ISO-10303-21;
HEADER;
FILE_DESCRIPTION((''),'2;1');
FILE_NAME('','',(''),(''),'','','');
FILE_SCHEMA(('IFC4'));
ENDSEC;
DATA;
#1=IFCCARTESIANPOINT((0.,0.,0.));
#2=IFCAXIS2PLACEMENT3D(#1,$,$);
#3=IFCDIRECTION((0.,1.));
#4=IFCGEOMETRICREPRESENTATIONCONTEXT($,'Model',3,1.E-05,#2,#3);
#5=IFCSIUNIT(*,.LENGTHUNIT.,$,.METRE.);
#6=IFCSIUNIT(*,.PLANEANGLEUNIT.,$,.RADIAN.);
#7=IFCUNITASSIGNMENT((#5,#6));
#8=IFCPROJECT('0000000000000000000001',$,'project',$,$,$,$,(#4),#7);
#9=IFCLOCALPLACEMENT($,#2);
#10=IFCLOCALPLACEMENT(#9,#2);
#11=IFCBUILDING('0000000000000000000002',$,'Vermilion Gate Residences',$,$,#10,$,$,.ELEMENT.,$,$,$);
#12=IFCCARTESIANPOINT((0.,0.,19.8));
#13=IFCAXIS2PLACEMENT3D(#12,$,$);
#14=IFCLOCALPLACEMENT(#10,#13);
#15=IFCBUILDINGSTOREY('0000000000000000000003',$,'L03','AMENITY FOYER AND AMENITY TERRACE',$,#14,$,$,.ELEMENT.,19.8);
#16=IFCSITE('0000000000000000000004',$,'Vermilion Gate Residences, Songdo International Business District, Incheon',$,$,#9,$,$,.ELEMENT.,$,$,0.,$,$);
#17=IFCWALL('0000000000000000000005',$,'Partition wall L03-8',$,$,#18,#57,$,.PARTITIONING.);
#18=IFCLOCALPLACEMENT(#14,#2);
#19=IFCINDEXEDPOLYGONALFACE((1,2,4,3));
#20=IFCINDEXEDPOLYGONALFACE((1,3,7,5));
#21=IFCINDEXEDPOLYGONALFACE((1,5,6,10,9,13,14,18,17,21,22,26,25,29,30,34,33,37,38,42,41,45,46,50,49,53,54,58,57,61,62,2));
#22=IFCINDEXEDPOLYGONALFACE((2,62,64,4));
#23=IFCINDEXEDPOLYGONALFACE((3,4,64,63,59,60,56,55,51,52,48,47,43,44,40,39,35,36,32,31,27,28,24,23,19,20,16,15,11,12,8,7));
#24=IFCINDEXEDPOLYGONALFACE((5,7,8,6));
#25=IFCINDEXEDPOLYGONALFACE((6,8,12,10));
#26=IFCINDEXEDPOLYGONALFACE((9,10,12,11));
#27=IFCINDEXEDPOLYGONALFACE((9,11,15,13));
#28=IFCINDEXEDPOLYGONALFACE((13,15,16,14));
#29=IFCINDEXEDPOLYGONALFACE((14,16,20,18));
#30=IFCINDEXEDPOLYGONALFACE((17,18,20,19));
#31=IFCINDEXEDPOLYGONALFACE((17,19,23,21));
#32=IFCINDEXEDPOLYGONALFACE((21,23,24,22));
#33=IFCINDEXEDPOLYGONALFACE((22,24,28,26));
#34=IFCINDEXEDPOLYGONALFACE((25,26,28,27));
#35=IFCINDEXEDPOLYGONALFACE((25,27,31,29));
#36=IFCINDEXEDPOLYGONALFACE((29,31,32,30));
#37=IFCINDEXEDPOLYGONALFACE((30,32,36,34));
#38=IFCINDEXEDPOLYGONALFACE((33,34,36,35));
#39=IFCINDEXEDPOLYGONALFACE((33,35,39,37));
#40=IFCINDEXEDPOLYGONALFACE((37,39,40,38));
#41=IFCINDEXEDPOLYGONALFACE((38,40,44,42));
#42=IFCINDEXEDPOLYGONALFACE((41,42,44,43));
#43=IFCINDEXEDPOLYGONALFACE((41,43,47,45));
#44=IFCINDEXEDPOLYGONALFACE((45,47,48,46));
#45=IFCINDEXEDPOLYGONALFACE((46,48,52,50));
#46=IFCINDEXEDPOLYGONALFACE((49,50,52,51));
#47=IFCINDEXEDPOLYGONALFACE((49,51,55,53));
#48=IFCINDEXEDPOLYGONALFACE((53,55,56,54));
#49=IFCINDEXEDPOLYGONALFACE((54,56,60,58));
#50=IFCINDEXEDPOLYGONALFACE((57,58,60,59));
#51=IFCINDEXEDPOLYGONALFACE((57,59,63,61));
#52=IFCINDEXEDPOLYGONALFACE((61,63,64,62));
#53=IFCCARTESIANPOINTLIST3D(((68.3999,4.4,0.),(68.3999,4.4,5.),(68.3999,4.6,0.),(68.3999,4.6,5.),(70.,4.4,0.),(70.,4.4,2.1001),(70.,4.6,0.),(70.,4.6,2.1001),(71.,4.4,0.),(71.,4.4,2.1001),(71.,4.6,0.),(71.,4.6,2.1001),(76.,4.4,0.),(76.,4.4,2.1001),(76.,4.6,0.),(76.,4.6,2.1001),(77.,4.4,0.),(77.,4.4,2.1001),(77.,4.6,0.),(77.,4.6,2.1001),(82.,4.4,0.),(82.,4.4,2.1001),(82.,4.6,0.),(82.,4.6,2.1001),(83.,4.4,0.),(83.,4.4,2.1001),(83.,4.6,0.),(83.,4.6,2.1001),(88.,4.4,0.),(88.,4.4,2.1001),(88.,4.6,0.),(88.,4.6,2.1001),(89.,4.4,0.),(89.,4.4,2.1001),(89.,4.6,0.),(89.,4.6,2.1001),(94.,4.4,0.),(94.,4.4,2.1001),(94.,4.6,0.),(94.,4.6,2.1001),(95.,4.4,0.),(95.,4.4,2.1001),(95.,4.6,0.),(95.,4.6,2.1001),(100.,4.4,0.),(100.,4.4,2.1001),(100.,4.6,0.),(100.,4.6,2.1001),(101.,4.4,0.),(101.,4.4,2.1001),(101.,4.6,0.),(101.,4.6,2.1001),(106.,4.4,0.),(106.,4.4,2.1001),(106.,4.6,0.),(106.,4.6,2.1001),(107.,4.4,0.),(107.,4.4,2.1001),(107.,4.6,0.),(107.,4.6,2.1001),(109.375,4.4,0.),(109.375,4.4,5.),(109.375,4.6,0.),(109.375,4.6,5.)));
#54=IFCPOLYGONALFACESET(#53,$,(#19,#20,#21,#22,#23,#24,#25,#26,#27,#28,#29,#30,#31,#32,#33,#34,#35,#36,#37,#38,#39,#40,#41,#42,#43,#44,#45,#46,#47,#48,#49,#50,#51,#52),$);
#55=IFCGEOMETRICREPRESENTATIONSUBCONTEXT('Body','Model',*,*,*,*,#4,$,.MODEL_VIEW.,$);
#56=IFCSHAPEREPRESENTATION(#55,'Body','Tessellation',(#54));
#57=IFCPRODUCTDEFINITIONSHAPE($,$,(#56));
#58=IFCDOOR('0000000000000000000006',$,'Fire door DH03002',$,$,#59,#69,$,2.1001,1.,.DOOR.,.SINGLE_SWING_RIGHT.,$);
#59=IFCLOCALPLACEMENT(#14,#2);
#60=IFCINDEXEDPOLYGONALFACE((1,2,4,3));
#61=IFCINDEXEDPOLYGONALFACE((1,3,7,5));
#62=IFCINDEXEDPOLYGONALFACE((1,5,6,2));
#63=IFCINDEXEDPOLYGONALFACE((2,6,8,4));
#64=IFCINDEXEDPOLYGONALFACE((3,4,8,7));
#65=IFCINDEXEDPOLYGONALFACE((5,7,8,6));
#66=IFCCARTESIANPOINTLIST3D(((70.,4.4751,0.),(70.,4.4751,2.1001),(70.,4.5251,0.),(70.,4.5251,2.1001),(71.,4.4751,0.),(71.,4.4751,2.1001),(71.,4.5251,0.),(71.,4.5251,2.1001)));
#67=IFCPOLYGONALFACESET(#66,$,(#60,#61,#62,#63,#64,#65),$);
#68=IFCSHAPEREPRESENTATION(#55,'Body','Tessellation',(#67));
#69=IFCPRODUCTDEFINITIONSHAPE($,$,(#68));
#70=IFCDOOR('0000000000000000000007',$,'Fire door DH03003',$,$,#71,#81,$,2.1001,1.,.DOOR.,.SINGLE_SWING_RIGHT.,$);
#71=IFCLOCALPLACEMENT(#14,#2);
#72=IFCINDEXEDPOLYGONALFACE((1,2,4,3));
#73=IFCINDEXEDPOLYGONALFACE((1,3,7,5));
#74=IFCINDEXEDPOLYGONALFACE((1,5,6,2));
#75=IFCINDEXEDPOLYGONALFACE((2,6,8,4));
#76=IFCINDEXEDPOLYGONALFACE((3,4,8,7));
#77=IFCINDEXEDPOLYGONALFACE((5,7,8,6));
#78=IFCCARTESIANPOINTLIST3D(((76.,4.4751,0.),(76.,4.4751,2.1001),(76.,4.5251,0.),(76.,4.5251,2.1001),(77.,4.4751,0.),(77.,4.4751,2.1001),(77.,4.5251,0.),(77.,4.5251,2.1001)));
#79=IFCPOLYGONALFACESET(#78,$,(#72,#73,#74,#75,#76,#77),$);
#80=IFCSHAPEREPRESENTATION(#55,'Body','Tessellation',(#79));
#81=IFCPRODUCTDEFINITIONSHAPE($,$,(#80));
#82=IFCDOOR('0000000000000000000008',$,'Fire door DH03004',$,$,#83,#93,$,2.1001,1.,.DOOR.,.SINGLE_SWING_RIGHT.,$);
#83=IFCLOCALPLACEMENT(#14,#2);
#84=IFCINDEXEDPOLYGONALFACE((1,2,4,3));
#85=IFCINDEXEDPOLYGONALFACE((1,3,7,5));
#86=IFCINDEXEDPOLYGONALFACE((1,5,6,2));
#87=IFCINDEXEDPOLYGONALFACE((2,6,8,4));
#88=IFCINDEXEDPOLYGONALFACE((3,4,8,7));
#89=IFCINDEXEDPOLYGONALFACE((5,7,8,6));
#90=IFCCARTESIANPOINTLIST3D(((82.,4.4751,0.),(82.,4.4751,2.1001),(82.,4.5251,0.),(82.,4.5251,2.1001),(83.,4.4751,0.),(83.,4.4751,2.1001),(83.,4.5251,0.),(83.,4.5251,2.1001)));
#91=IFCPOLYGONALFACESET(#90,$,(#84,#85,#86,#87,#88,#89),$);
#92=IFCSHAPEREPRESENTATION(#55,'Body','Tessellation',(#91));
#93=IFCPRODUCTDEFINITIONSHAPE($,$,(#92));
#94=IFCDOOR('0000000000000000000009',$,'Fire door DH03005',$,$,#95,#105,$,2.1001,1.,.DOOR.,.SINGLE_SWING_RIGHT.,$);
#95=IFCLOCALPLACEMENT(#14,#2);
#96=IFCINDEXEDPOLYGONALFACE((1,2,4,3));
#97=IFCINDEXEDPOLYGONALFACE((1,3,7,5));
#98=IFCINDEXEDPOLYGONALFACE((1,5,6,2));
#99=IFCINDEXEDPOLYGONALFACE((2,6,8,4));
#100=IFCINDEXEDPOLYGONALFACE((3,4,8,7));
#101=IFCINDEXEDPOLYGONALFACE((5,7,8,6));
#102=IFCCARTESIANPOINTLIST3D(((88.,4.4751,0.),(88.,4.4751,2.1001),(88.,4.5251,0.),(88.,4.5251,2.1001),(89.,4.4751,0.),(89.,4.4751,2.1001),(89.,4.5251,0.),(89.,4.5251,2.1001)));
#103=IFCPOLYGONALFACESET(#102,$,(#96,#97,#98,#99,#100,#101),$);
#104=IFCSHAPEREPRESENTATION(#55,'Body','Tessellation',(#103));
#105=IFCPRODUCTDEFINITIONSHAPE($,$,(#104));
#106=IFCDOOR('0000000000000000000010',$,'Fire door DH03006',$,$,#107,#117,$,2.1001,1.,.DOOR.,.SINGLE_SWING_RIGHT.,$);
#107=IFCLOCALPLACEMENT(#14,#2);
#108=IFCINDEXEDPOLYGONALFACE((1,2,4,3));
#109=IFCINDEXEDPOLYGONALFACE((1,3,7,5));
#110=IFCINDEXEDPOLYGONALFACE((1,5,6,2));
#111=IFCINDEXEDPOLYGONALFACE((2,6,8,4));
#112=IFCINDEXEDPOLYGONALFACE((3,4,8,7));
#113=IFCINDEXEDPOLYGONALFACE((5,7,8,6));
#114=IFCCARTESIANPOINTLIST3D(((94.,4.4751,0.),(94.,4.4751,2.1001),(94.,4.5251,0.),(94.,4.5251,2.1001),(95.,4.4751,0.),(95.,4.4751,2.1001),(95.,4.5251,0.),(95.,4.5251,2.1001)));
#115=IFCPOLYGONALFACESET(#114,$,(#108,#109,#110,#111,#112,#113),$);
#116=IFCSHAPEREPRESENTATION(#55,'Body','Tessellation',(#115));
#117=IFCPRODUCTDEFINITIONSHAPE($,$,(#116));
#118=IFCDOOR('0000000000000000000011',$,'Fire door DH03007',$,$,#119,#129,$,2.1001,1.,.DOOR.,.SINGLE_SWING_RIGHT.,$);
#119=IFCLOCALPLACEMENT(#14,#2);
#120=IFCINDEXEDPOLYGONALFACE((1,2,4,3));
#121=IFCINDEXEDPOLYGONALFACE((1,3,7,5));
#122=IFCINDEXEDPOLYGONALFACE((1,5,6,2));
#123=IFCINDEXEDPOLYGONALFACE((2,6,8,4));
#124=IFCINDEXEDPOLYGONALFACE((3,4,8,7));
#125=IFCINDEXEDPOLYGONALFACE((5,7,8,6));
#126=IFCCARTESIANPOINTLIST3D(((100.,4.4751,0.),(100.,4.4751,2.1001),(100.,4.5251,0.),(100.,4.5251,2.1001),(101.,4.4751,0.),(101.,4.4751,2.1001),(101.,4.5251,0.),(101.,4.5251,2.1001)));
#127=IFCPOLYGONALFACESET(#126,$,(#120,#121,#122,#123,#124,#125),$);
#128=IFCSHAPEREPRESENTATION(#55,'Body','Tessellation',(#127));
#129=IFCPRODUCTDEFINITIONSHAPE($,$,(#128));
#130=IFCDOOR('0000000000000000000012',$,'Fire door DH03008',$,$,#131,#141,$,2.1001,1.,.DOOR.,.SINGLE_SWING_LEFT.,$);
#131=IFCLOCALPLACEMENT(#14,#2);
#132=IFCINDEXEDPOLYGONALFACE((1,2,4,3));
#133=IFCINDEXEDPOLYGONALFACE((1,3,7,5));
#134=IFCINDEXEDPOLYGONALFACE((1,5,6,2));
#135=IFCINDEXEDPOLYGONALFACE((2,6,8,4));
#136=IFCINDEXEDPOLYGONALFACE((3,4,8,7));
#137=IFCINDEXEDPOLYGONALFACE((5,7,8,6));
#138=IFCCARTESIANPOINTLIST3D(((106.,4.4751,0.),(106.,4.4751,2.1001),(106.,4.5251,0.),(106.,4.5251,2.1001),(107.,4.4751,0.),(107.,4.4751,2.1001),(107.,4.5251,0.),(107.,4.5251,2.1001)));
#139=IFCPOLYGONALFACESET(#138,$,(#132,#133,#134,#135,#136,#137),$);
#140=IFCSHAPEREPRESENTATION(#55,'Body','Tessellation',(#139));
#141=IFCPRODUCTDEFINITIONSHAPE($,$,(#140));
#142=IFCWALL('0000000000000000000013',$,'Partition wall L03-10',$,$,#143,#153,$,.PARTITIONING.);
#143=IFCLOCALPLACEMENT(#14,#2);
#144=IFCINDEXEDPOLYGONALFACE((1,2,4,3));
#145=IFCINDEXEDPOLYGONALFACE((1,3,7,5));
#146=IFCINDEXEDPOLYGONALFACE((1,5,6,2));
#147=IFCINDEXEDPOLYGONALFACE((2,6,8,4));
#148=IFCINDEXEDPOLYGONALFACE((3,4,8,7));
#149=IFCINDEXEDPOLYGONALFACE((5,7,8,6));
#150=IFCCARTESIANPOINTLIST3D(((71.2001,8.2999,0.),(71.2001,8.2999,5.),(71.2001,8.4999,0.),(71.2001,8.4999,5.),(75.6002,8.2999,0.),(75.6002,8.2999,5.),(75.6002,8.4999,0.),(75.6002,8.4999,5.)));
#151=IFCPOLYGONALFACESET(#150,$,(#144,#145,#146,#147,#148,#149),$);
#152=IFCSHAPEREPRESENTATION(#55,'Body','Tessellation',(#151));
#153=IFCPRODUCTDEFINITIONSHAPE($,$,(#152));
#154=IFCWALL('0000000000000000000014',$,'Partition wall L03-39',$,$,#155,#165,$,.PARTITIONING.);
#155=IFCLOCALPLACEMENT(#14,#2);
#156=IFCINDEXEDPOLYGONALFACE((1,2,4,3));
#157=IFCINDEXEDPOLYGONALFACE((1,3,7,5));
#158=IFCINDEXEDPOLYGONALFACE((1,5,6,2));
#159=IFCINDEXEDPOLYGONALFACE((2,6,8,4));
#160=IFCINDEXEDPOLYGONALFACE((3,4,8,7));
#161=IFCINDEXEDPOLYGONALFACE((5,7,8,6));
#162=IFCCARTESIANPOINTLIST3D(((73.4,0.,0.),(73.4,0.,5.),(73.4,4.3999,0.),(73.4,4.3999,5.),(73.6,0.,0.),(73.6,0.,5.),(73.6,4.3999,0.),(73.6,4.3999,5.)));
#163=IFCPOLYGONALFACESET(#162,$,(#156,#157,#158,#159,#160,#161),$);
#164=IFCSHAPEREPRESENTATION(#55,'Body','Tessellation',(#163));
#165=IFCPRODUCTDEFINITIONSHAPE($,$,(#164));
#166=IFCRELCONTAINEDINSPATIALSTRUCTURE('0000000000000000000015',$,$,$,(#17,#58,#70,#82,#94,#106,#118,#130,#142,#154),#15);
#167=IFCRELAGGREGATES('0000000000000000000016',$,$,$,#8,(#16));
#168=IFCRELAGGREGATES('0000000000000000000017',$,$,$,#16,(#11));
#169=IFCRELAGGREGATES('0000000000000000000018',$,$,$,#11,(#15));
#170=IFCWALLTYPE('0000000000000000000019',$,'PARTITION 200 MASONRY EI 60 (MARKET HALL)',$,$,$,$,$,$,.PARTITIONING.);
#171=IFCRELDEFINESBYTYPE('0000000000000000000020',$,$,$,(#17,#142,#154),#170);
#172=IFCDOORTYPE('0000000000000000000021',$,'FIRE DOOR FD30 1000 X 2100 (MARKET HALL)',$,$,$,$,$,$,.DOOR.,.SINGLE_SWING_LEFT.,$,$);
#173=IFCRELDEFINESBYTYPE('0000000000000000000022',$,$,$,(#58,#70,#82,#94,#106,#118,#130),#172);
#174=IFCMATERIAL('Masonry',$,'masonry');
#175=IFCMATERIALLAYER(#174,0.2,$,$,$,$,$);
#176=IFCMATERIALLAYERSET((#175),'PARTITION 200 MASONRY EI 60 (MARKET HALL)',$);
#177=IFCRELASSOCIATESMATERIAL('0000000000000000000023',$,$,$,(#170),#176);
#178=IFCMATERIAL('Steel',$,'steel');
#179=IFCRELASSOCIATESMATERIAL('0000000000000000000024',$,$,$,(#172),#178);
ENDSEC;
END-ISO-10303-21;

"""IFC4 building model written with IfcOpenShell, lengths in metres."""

from ifc_helpers import new_model, si_unit, direction, frame, frame_2d, origin, place, context, subcontext, project, spatial, rectangle, extrude, material, layer, layer_set, type_object, element, fill, save


model = new_model("IFC4")

# Units and contexts
model_context = context("Model", 3, precision=1e-05, world=origin(), true_north=direction((0.0, 1.0)))
body_context = subcontext(model_context, "Body", "Model", "MODEL_VIEW")
ifc_project = project(units=[si_unit("LENGTHUNIT", "METRE"), si_unit("PLANEANGLEUNIT", "RADIAN")], contexts=[model_context])

# Site, building, storey
site_placement = place(None, origin())
site = spatial("IfcSite", under=ifc_project, at=site_placement, Name="Vermilion Gate Residences, Songdo International Business District, Incheon", CompositionType="ELEMENT", RefElevation=0.0)
building_placement = place(site_placement, origin())
building = spatial("IfcBuilding", under=site, at=building_placement, Name="Vermilion Gate Residences", CompositionType="ELEMENT")
storey_placement = place(building_placement, frame((0.0, 0.0, 19.8)))
storey = spatial("IfcBuildingStorey", under=building, at=storey_placement, Name="L03", Description="AMENITY FOYER AND AMENITY TERRACE", CompositionType="ELEMENT", Elevation=19.8)

# Wall, openings, doors
ifc_material_1 = material(Name="Masonry", Category="masonry")
ifc_layer_1 = layer(ifc_material_1, 0.2)
ifc_layer_set_1 = layer_set([ifc_layer_1], Name="PARTITION 200 MASONRY EI 60 (MARKET HALL)")
wall_type_1 = type_object("IfcWallType", Name="PARTITION 200 MASONRY EI 60 (MARKET HALL)", PredefinedType="PARTITIONING", material=ifc_layer_set_1)
wall_1_placement = place(storey_placement, frame((68.3999, 4.5, 0.0), z_axis=(0.0, 0.0, 1.0), x_axis=(1.0, 0.0, 0.0)))
wall_1 = element("IfcWall", 1, at=wall_1_placement, inside=storey, type_object=wall_type_1, Name="Partition wall L03-8", PredefinedType="PARTITIONING", context=body_context, shape_type="SweptSolid", body=[
    extrude(rectangle(XDim=40.9751, YDim=0.2, at=frame_2d((20.4875, 0.0))), origin(), (0.0, 0.0, 1.0), 5.0),
])
opening_1_placement = place(wall_1_placement, frame((1.6001, 0.0, 0.0)))
opening_1 = element("IfcOpeningElement", 2, at=opening_1_placement, cuts=wall_1, PredefinedType="OPENING", context=body_context, shape_type="SweptSolid", body=[
    extrude(rectangle(XDim=1.0, YDim=2.1001, at=frame_2d((0.5, 1.05))), frame((0.0, 0.1099, 0.0), z_axis=(0.0, -1.0, 0.0), x_axis=(1.0, 0.0, 0.0)), (0.0, 0.0, 1.0), 0.22),
])
opening_2_placement = place(wall_1_placement, frame((7.6001, 0.0, 0.0)))
opening_2 = element("IfcOpeningElement", 3, at=opening_2_placement, cuts=wall_1, PredefinedType="OPENING", context=body_context, shape_type="SweptSolid", body=[
    extrude(rectangle(XDim=1.0, YDim=2.1001, at=frame_2d((0.5, 1.05))), frame((0.0, 0.1099, 0.0), z_axis=(0.0, -1.0, 0.0), x_axis=(1.0, 0.0, 0.0)), (0.0, 0.0, 1.0), 0.22),
])
opening_3_placement = place(wall_1_placement, frame((13.6001, 0.0, 0.0)))
opening_3 = element("IfcOpeningElement", 4, at=opening_3_placement, cuts=wall_1, PredefinedType="OPENING", context=body_context, shape_type="SweptSolid", body=[
    extrude(rectangle(XDim=1.0, YDim=2.1001, at=frame_2d((0.5, 1.05))), frame((0.0, 0.1099, 0.0), z_axis=(0.0, -1.0, 0.0), x_axis=(1.0, 0.0, 0.0)), (0.0, 0.0, 1.0), 0.22),
])
opening_4_placement = place(wall_1_placement, frame((19.6001, 0.0, 0.0)))
opening_4 = element("IfcOpeningElement", 5, at=opening_4_placement, cuts=wall_1, PredefinedType="OPENING", context=body_context, shape_type="SweptSolid", body=[
    extrude(rectangle(XDim=1.0, YDim=2.1001, at=frame_2d((0.5, 1.05))), frame((0.0, 0.1099, 0.0), z_axis=(0.0, -1.0, 0.0), x_axis=(1.0, 0.0, 0.0)), (0.0, 0.0, 1.0), 0.22),
])
opening_5_placement = place(wall_1_placement, frame((25.6001, 0.0, 0.0)))
opening_5 = element("IfcOpeningElement", 6, at=opening_5_placement, cuts=wall_1, PredefinedType="OPENING", context=body_context, shape_type="SweptSolid", body=[
    extrude(rectangle(XDim=1.0, YDim=2.1001, at=frame_2d((0.5, 1.05))), frame((0.0, 0.1099, 0.0), z_axis=(0.0, -1.0, 0.0), x_axis=(1.0, 0.0, 0.0)), (0.0, 0.0, 1.0), 0.22),
])
opening_6_placement = place(wall_1_placement, frame((31.6001, 0.0, 0.0)))
opening_6 = element("IfcOpeningElement", 7, at=opening_6_placement, cuts=wall_1, PredefinedType="OPENING", context=body_context, shape_type="SweptSolid", body=[
    extrude(rectangle(XDim=1.0, YDim=2.1001, at=frame_2d((0.5, 1.05))), frame((0.0, 0.1099, 0.0), z_axis=(0.0, -1.0, 0.0), x_axis=(1.0, 0.0, 0.0)), (0.0, 0.0, 1.0), 0.22),
])
opening_7_placement = place(wall_1_placement, frame((37.6001, 0.0, 0.0)))
opening_7 = element("IfcOpeningElement", 8, at=opening_7_placement, cuts=wall_1, PredefinedType="OPENING", context=body_context, shape_type="SweptSolid", body=[
    extrude(rectangle(XDim=1.0, YDim=2.1001, at=frame_2d((0.5, 1.05))), frame((0.0, 0.1099, 0.0), z_axis=(0.0, -1.0, 0.0), x_axis=(1.0, 0.0, 0.0)), (0.0, 0.0, 1.0), 0.22),
])
ifc_material_2 = material(Name="Steel", Category="steel")
door_type = type_object("IfcDoorType", Name="FIRE DOOR FD30 1000 X 2100 (MARKET HALL)", OperationType="SINGLE_SWING_LEFT", PredefinedType="DOOR", material=ifc_material_2)
door_1_placement = place(opening_1_placement, frame((1.0, 0.0, 0.0), z_axis=(0.0, 0.0, 1.0), x_axis=(-1.0, 0.0, 0.0)))
door_1 = element("IfcDoor", 9, at=door_1_placement, inside=storey, type_object=door_type, Name="Fire door DH03002", OperationType="SINGLE_SWING_RIGHT", OverallHeight=2.1001, OverallWidth=1.0, PredefinedType="DOOR", context=body_context, shape_type="SweptSolid", body=[
    extrude(rectangle(XDim=1.0, YDim=2.1001, at=frame_2d((0.5, 1.05))), frame((0.0, 0.0249, 0.0), z_axis=(0.0, -1.0, 0.0), x_axis=(1.0, 0.0, 0.0)), (0.0, 0.0, 1.0), 0.05),
])
fill(opening_1, door_1)
door_2_placement = place(opening_2_placement, frame((1.0, 0.0, 0.0), z_axis=(0.0, 0.0, 1.0), x_axis=(-1.0, 0.0, 0.0)))
door_2 = element("IfcDoor", 10, at=door_2_placement, inside=storey, type_object=door_type, Name="Fire door DH03003", OperationType="SINGLE_SWING_RIGHT", OverallHeight=2.1001, OverallWidth=1.0, PredefinedType="DOOR", context=body_context, shape_type="SweptSolid", body=[
    extrude(rectangle(XDim=1.0, YDim=2.1001, at=frame_2d((0.5, 1.05))), frame((0.0, 0.0249, 0.0), z_axis=(0.0, -1.0, 0.0), x_axis=(1.0, 0.0, 0.0)), (0.0, 0.0, 1.0), 0.05),
])
fill(opening_2, door_2)
door_3_placement = place(opening_3_placement, frame((1.0, 0.0, 0.0), z_axis=(0.0, 0.0, 1.0), x_axis=(-1.0, 0.0, 0.0)))
door_3 = element("IfcDoor", 11, at=door_3_placement, inside=storey, type_object=door_type, Name="Fire door DH03004", OperationType="SINGLE_SWING_RIGHT", OverallHeight=2.1001, OverallWidth=1.0, PredefinedType="DOOR", context=body_context, shape_type="SweptSolid", body=[
    extrude(rectangle(XDim=1.0, YDim=2.1001, at=frame_2d((0.5, 1.05))), frame((0.0, 0.0249, 0.0), z_axis=(0.0, -1.0, 0.0), x_axis=(1.0, 0.0, 0.0)), (0.0, 0.0, 1.0), 0.05),
])
fill(opening_3, door_3)
door_4_placement = place(opening_4_placement, frame((1.0, 0.0, 0.0), z_axis=(0.0, 0.0, 1.0), x_axis=(-1.0, 0.0, 0.0)))
door_4 = element("IfcDoor", 12, at=door_4_placement, inside=storey, type_object=door_type, Name="Fire door DH03005", OperationType="SINGLE_SWING_RIGHT", OverallHeight=2.1001, OverallWidth=1.0, PredefinedType="DOOR", context=body_context, shape_type="SweptSolid", body=[
    extrude(rectangle(XDim=1.0, YDim=2.1001, at=frame_2d((0.5, 1.05))), frame((0.0, 0.0249, 0.0), z_axis=(0.0, -1.0, 0.0), x_axis=(1.0, 0.0, 0.0)), (0.0, 0.0, 1.0), 0.05),
])
fill(opening_4, door_4)
door_5_placement = place(opening_5_placement, frame((1.0, 0.0, 0.0), z_axis=(0.0, 0.0, 1.0), x_axis=(-1.0, 0.0, 0.0)))
door_5 = element("IfcDoor", 13, at=door_5_placement, inside=storey, type_object=door_type, Name="Fire door DH03006", OperationType="SINGLE_SWING_RIGHT", OverallHeight=2.1001, OverallWidth=1.0, PredefinedType="DOOR", context=body_context, shape_type="SweptSolid", body=[
    extrude(rectangle(XDim=1.0, YDim=2.1001, at=frame_2d((0.5, 1.05))), frame((0.0, 0.0249, 0.0), z_axis=(0.0, -1.0, 0.0), x_axis=(1.0, 0.0, 0.0)), (0.0, 0.0, 1.0), 0.05),
])
fill(opening_5, door_5)
door_6_placement = place(opening_6_placement, frame((1.0, 0.0, 0.0), z_axis=(0.0, 0.0, 1.0), x_axis=(-1.0, 0.0, 0.0)))
door_6 = element("IfcDoor", 14, at=door_6_placement, inside=storey, type_object=door_type, Name="Fire door DH03007", OperationType="SINGLE_SWING_RIGHT", OverallHeight=2.1001, OverallWidth=1.0, PredefinedType="DOOR", context=body_context, shape_type="SweptSolid", body=[
    extrude(rectangle(XDim=1.0, YDim=2.1001, at=frame_2d((0.5, 1.05))), frame((0.0, 0.0249, 0.0), z_axis=(0.0, -1.0, 0.0), x_axis=(1.0, 0.0, 0.0)), (0.0, 0.0, 1.0), 0.05),
])
fill(opening_6, door_6)
door_7_placement = place(opening_7_placement, frame((1.0, 0.0, 0.0), z_axis=(0.0, 0.0, 1.0), x_axis=(-1.0, 0.0, 0.0)))
door_7 = element("IfcDoor", 15, at=door_7_placement, inside=storey, type_object=door_type, Name="Fire door DH03008", OperationType="SINGLE_SWING_LEFT", OverallHeight=2.1001, OverallWidth=1.0, PredefinedType="DOOR", context=body_context, shape_type="SweptSolid", body=[
    extrude(rectangle(XDim=1.0, YDim=2.1001, at=frame_2d((0.5, 1.05))), frame((0.0, 0.0249, 0.0), z_axis=(0.0, -1.0, 0.0), x_axis=(1.0, 0.0, 0.0)), (0.0, 0.0, 1.0), 0.05),
])
fill(opening_7, door_7)

# Walls
wall_2_placement = place(storey_placement, frame((71.2, 8.3999, 0.0), z_axis=(0.0, 0.0, 1.0), x_axis=(1.0, 0.0, 0.0)))
element("IfcWall", 16, at=wall_2_placement, inside=storey, type_object=wall_type_1, Name="Partition wall L03-10", PredefinedType="PARTITIONING", context=body_context, shape_type="SweptSolid", body=[
    extrude(rectangle(XDim=4.4001, YDim=0.2, at=frame_2d((2.2002, 0.0))), origin(), (0.0, 0.0, 1.0), 5.0),
])
wall_3_placement = place(storey_placement, frame((73.5, 0.0, 0.0), z_axis=(0.0, 0.0, 1.0), x_axis=(0.0, 1.0, 0.0)))
element("IfcWall", 17, at=wall_3_placement, inside=storey, type_object=wall_type_1, Name="Partition wall L03-39", PredefinedType="PARTITIONING", context=body_context, shape_type="SweptSolid", body=[
    extrude(rectangle(XDim=4.3999, YDim=0.2, at=frame_2d((2.2, 0.0))), origin(), (0.0, 0.0, 1.0), 5.0),
])

save(model, "model.ifc")
